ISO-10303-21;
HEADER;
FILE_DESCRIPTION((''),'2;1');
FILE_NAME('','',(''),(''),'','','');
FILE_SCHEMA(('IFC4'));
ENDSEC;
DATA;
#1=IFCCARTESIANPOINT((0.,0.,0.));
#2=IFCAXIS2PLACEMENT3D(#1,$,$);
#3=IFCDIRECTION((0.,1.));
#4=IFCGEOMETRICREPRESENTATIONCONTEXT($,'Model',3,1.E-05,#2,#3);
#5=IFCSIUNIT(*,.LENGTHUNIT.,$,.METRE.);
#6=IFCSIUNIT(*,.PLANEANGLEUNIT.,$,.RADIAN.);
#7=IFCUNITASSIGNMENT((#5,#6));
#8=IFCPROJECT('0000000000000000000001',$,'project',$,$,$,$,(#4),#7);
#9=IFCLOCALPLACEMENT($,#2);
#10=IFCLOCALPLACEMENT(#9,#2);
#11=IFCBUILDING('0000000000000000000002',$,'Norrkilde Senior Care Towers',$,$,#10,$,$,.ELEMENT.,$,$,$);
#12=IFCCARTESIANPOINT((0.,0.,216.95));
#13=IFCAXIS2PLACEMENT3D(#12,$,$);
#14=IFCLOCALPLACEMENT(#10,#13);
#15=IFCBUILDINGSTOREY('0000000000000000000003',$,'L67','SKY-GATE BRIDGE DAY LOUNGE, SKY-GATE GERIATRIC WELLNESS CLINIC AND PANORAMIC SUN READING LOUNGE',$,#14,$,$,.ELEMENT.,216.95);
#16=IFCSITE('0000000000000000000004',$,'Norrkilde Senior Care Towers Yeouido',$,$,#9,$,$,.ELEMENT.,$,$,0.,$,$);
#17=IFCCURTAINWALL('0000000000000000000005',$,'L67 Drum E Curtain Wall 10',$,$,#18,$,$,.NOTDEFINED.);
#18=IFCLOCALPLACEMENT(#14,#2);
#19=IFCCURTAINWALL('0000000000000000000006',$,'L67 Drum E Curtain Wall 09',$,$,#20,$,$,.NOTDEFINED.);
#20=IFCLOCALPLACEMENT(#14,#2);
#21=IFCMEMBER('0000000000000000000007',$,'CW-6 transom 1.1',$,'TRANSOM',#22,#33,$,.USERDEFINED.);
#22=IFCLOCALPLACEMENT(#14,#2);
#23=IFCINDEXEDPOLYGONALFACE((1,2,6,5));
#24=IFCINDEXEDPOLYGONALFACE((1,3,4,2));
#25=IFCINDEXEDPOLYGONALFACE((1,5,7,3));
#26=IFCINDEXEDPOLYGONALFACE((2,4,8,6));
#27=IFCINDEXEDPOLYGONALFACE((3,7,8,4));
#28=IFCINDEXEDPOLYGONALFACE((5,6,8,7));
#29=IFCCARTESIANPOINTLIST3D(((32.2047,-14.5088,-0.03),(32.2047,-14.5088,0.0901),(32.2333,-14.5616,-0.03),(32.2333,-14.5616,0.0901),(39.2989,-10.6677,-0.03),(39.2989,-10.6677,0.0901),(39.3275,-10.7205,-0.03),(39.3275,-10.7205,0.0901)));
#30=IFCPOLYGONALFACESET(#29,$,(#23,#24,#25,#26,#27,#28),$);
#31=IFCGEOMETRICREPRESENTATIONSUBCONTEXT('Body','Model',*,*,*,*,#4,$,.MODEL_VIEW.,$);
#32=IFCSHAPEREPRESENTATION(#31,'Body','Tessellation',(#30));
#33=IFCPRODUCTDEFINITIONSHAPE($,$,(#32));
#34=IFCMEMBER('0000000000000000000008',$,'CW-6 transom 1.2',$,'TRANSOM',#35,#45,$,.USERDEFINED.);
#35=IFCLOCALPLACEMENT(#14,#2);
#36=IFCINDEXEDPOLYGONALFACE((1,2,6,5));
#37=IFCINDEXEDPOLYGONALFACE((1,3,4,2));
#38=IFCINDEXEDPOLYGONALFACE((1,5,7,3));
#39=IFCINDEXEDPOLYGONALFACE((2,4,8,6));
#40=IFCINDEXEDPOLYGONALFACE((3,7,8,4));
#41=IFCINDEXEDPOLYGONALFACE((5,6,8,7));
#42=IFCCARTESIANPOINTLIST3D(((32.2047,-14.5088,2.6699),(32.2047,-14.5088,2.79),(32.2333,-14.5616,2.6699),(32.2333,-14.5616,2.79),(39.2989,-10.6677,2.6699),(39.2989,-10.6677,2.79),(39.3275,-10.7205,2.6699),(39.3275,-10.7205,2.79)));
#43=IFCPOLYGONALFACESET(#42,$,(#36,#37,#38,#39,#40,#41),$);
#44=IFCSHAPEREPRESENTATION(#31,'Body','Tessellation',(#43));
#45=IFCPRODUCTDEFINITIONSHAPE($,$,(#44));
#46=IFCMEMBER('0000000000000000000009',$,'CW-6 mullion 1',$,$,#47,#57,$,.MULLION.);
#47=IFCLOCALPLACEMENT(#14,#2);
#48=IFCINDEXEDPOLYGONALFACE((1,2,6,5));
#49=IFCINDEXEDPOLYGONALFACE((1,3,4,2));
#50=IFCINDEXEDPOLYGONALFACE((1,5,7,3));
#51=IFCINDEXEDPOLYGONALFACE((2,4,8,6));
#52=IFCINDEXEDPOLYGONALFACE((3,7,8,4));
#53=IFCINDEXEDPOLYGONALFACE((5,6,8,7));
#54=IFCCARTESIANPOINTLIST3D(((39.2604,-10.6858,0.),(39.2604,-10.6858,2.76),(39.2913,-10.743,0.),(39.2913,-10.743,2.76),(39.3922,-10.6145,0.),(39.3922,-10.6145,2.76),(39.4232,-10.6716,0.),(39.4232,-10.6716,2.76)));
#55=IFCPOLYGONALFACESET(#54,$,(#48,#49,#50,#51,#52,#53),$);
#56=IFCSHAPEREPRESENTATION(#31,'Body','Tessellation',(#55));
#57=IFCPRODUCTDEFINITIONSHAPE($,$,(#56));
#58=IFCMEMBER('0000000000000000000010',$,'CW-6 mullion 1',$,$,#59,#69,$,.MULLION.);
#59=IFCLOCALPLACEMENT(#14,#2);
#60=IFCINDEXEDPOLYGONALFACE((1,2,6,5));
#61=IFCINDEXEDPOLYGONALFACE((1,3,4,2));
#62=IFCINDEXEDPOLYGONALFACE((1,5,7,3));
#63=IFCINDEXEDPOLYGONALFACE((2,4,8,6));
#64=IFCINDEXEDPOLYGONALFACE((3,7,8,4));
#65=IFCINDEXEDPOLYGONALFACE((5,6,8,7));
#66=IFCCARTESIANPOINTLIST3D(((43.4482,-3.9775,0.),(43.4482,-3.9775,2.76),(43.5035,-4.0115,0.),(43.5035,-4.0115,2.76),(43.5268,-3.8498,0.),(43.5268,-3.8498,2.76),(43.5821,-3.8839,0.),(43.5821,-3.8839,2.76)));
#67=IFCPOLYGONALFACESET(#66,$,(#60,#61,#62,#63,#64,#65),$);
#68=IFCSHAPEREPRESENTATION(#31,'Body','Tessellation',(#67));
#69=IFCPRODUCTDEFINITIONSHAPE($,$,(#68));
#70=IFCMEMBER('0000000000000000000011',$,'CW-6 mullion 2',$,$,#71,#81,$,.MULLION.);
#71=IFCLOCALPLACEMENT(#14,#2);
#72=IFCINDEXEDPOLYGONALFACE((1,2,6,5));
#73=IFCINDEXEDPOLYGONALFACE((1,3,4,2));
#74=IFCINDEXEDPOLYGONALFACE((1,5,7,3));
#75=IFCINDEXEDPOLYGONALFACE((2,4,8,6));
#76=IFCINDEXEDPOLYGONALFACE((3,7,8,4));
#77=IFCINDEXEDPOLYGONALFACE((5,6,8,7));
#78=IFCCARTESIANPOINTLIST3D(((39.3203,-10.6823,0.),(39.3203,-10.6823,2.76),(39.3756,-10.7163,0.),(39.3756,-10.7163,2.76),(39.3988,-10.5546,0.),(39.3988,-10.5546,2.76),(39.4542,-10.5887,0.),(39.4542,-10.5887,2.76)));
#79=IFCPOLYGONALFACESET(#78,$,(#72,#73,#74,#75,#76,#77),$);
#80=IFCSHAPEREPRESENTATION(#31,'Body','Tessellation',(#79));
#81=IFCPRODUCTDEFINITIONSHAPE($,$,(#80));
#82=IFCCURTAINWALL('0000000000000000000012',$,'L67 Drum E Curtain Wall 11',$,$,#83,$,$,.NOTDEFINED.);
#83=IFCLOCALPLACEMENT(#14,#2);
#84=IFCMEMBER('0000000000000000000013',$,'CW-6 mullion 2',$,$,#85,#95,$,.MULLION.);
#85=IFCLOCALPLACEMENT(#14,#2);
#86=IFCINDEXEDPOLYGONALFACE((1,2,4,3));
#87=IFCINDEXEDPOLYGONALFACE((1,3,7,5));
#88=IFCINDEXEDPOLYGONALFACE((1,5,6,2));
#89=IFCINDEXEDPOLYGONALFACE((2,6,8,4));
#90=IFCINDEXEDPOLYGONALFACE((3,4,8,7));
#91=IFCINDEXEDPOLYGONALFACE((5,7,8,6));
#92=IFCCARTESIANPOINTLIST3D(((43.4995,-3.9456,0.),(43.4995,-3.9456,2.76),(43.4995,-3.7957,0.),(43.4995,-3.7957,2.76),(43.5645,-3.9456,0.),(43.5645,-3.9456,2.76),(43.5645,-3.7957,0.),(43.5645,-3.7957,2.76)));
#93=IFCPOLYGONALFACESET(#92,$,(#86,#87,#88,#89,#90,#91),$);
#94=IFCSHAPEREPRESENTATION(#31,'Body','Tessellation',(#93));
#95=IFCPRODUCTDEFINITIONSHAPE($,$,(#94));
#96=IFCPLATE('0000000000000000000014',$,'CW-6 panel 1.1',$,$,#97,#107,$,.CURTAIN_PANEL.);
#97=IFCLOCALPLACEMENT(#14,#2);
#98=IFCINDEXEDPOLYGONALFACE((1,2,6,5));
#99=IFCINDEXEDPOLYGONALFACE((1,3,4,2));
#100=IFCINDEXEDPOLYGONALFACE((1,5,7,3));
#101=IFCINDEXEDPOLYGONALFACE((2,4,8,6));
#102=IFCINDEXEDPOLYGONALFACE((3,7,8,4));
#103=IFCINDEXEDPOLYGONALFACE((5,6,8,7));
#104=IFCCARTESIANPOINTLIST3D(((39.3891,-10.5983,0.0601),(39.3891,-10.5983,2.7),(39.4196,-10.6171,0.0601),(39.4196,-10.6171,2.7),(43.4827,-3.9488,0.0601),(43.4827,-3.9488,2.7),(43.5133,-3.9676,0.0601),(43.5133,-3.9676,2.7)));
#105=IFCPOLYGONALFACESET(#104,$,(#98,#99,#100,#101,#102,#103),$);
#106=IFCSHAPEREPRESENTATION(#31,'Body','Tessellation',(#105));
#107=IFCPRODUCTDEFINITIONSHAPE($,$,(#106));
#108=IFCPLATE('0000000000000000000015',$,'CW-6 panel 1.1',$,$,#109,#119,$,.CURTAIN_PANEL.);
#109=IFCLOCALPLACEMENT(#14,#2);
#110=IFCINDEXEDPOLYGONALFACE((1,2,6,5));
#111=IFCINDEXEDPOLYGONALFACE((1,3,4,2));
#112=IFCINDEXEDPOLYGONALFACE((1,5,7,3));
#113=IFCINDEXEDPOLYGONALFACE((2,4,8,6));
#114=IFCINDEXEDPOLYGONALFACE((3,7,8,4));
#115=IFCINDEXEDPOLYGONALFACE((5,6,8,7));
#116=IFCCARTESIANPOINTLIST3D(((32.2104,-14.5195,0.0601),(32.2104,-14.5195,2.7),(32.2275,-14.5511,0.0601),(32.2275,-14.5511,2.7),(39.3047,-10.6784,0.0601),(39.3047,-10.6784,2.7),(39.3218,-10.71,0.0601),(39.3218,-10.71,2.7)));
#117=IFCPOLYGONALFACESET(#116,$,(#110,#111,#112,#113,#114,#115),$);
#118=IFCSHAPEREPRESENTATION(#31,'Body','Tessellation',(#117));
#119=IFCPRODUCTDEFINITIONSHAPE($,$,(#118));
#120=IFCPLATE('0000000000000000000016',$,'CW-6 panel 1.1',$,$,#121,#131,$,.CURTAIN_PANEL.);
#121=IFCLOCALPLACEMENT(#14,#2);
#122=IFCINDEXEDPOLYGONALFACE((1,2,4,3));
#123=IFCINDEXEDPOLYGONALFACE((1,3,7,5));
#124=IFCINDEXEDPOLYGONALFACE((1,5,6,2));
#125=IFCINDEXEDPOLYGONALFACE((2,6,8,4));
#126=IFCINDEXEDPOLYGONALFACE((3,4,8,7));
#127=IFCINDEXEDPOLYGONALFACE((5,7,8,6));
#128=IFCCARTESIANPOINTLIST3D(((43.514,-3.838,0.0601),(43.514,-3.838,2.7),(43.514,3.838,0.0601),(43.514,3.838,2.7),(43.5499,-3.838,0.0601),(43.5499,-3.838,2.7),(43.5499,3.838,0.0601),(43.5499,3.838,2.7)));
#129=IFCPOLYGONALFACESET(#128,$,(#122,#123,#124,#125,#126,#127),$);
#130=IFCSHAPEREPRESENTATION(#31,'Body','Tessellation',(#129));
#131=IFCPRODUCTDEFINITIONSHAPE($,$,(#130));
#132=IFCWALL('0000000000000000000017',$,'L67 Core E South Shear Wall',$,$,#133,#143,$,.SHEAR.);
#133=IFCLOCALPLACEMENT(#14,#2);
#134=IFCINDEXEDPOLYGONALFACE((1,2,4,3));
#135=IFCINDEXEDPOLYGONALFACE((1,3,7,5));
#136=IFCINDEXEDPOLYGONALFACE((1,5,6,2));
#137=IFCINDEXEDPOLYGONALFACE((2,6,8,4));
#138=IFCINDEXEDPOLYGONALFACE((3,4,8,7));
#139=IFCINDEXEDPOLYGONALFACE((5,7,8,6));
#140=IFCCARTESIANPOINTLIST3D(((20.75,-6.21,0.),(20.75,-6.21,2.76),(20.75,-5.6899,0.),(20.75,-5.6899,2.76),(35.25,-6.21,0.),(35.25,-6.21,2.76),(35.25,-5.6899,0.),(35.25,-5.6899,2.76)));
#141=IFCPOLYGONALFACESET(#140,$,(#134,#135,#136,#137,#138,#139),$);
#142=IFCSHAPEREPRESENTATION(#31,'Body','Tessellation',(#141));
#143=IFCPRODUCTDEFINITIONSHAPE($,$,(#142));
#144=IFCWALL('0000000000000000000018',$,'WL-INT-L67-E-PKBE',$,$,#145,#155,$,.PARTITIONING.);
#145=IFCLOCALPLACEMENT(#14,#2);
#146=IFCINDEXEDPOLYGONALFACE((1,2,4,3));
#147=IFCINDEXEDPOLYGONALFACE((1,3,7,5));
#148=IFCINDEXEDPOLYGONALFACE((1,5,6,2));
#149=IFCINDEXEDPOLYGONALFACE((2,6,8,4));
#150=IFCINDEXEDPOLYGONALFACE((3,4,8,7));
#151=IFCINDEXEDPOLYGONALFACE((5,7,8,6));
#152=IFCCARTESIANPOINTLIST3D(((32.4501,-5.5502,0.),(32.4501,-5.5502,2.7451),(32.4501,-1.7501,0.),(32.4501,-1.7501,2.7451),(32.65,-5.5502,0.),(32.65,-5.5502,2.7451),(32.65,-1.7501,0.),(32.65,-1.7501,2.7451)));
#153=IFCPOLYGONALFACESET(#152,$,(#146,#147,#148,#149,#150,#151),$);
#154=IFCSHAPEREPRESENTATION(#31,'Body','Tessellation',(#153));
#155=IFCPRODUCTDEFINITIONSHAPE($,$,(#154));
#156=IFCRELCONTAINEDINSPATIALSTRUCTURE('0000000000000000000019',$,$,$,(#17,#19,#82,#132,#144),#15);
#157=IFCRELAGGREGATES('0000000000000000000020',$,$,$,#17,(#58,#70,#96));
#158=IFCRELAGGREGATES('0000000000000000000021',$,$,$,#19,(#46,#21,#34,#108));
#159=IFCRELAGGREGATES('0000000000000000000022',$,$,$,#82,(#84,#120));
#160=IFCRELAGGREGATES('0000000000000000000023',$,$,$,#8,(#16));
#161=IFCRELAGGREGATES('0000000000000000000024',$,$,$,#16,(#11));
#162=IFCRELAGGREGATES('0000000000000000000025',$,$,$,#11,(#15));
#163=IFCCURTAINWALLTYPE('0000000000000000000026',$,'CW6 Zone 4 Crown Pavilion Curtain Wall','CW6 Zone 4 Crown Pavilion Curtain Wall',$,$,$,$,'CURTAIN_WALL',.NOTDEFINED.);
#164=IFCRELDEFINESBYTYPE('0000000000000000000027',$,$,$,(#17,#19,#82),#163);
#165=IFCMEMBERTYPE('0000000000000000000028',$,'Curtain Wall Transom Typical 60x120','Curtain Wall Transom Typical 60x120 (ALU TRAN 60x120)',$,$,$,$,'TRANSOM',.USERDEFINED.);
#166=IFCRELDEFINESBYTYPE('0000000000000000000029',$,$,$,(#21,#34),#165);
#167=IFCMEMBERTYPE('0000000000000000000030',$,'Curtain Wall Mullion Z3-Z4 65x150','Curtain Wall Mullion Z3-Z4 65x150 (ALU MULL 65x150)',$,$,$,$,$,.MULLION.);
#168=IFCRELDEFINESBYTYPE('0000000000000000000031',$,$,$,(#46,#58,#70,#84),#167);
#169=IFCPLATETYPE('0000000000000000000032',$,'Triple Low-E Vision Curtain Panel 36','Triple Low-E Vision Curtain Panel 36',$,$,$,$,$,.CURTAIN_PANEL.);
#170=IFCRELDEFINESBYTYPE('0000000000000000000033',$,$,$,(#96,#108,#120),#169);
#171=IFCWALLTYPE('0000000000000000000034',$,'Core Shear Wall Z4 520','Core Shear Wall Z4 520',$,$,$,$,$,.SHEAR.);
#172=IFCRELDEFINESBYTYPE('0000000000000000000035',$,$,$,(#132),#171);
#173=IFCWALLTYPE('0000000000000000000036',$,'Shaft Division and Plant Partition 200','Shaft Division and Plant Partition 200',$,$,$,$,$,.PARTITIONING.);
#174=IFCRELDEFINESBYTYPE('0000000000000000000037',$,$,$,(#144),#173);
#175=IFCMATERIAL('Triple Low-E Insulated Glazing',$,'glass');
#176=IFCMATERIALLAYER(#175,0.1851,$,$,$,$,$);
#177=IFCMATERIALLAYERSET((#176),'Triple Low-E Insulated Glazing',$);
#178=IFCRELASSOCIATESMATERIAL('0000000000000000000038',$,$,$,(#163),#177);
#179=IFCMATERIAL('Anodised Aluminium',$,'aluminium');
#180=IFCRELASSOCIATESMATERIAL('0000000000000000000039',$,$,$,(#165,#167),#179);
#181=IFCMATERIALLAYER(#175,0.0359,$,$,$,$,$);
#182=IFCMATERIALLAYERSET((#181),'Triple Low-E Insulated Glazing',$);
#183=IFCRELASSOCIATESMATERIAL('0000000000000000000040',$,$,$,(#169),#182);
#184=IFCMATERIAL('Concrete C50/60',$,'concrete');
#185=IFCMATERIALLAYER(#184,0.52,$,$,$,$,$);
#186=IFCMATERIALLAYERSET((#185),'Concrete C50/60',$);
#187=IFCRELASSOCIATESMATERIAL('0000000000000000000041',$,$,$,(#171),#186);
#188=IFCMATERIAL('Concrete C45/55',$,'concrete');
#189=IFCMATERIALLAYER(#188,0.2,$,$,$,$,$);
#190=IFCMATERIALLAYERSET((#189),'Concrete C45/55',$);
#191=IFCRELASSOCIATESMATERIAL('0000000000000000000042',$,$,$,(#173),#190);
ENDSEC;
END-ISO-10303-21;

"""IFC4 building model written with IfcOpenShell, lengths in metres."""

from ifc_helpers import new_model, si_unit, direction, frame, frame_2d, origin, origin_2d, place, context, subcontext, project, spatial, rectangle, extrude, source, transform, mapped, material, layer, layer_set, material_profile, profile_set, type_object, type_shapes, element, aggregate, save


model = new_model("IFC4")

# Units and contexts
model_context = context("Model", 3, precision=1e-05, world=origin(), true_north=direction((0.0, 1.0)))
body_context = subcontext(model_context, "Body", "Model", "MODEL_VIEW")
ifc_project = project(units=[si_unit("LENGTHUNIT", "METRE"), si_unit("PLANEANGLEUNIT", "RADIAN")], contexts=[model_context])

# Site, building, storey
site_placement = place(None, origin())
site = spatial("IfcSite", under=ifc_project, at=site_placement, Name="Norrkilde Senior Care Towers Yeouido", CompositionType="ELEMENT", RefElevation=0.0)
building_placement = place(site_placement, origin())
building = spatial("IfcBuilding", under=site, at=building_placement, Name="Norrkilde Senior Care Towers", CompositionType="ELEMENT")
storey_placement = place(building_placement, frame((0.0, 0.0, 216.95)))
storey = spatial("IfcBuildingStorey", under=building, at=storey_placement, Name="L67", Description="SKY-GATE BRIDGE DAY LOUNGE, SKY-GATE GERIATRIC WELLNESS CLINIC AND PANORAMIC SUN READING LOUNGE", CompositionType="ELEMENT", Elevation=216.95)

# Shared definitions
ifc_material_1 = material(Name="Concrete C50/60", Category="concrete")

# Curtain walls, members
ifc_material_2 = material(Name="Triple Low-E Insulated Glazing", Category="glass")
ifc_layer_1 = layer(ifc_material_2, 0.1851)
ifc_layer_set_1 = layer_set([ifc_layer_1], Name="Triple Low-E Insulated Glazing")
curtain_wall_type = type_object("IfcCurtainWallType", Name="CW6 Zone 4 Crown Pavilion Curtain Wall", Description="CW6 Zone 4 Crown Pavilion Curtain Wall", ElementType="CURTAIN_WALL", PredefinedType="NOTDEFINED", material=ifc_layer_set_1)
curtain_wall_1_placement = place(storey_placement, origin())
curtain_wall_1 = element("IfcCurtainWall", 1, at=curtain_wall_1_placement, inside=storey, type_object=curtain_wall_type, Name="L67 Drum E Curtain Wall 10", PredefinedType="NOTDEFINED")
ifc_material_3 = material(Name="Anodised Aluminium", Category="aluminium")
ifc_material_profile_1 = material_profile(ifc_material_3, rectangle(XDim=0.0601, YDim=0.1201, at=origin_2d()), Name="ALU TRAN 60x120")
ifc_profile_set_1 = profile_set([ifc_material_profile_1], Name="Anodised Aluminium")
member_type_1 = type_object("IfcMemberType", Name="Curtain Wall Transom Typical 60x120", Description="Curtain Wall Transom Typical 60x120 (ALU TRAN 60x120)", ElementType="TRANSOM", PredefinedType="USERDEFINED", material=ifc_profile_set_1)
curtain_wall_2_placement = place(storey_placement, origin())
curtain_wall_2 = element("IfcCurtainWall", 2, at=curtain_wall_2_placement, inside=storey, type_object=curtain_wall_type, Name="L67 Drum E Curtain Wall 09", PredefinedType="NOTDEFINED")
shared_shape_1 = source(origin(), body_context, "Body", "SweptSolid", [
    extrude(rectangle(XDim=0.0601, YDim=0.1201, at=origin_2d()), origin(), (0.0, 0.0, 1.0), 8.0674),
])
member_1_placement = place(storey_placement, frame((39.3132, -10.6941, 0.03), z_axis=(-0.879378, -0.476125, 0.0), x_axis=(0.476125, -0.879378, 0.0)))
member_1 = element("IfcMember", 3, at=member_1_placement, type_object=member_type_1, Name="CW-6 transom 1.1", ObjectType="TRANSOM", PredefinedType="USERDEFINED", context=body_context, shape_type="MappedRepresentation", body=[
    mapped(shared_shape_1, transform((0.0, 0.0, 0.0), x_axis=(1.0, 0.0, 0.0), y_axis=(0.0, 1.0, 0.0), z_axis=(0.0, 0.0, 1.0), scale=1.0)),
])
member_2_placement = place(storey_placement, frame((39.3132, -10.6941, 2.73), z_axis=(-0.879378, -0.476125, 0.0), x_axis=(0.476125, -0.879378, 0.0)))
member_2 = element("IfcMember", 4, at=member_2_placement, type_object=member_type_1, Name="CW-6 transom 1.2", ObjectType="TRANSOM", PredefinedType="USERDEFINED", context=body_context, shape_type="MappedRepresentation", body=[
    mapped(shared_shape_1, transform((0.0, 0.0, 0.0), x_axis=(1.0, 0.0, 0.0), y_axis=(0.0, 1.0, 0.0), z_axis=(0.0, 0.0, 1.0), scale=1.0)),
])
ifc_material_profile_2 = material_profile(ifc_material_3, rectangle(XDim=0.0649, YDim=0.1499, at=origin_2d()), Name="ALU MULL 65x150")
ifc_profile_set_2 = profile_set([ifc_material_profile_2], Name="Anodised Aluminium")
member_type_2 = type_object("IfcMemberType", Name="Curtain Wall Mullion Z3-Z4 65x150", Description="Curtain Wall Mullion Z3-Z4 65x150 (ALU MULL 65x150)", PredefinedType="MULLION", material=ifc_profile_set_2)
shared_shape_2 = source(origin(), body_context, "Body", "SweptSolid", [
    extrude(rectangle(XDim=0.0649, YDim=0.1499, at=origin_2d()), origin(), (0.0, 0.0, 1.0), 2.76),
])
type_shapes(member_type_2, [shared_shape_2])
member_3_placement = place(storey_placement, frame((39.3418, -10.6787, 0.0), z_axis=(0.0, 0.0, 1.0), x_axis=(0.476133, -0.879373, 0.0)))
member_3 = element("IfcMember", 5, at=member_3_placement, type_object=member_type_2, Name="CW-6 mullion 1", PredefinedType="MULLION", context=body_context, shape_type="MappedRepresentation", body=[
    mapped(shared_shape_2, transform((0.0, 0.0, 0.0), x_axis=(1.0, 0.0, 0.0), y_axis=(0.0, 1.0, 0.0), z_axis=(0.0, 0.0, 1.0), scale=1.0)),
])

# Members
member_4_placement = place(storey_placement, frame((43.5151, -3.9307, 0.0), z_axis=(0.0, 0.0, 1.0), x_axis=(0.851563, -0.524253, 0.0)))
member_4 = element("IfcMember", 6, at=member_4_placement, type_object=member_type_2, Name="CW-6 mullion 1", PredefinedType="MULLION", context=body_context, shape_type="MappedRepresentation", body=[
    mapped(shared_shape_2, transform((0.0, 0.0, 0.0), x_axis=(1.0, 0.0, 0.0), y_axis=(0.0, 1.0, 0.0), z_axis=(0.0, 0.0, 1.0), scale=1.0)),
])
member_5_placement = place(storey_placement, frame((39.3872, -10.6355, 0.0), z_axis=(0.0, 0.0, 1.0), x_axis=(0.851563, -0.524253, 0.0)))
member_5 = element("IfcMember", 7, at=member_5_placement, type_object=member_type_2, Name="CW-6 mullion 2", PredefinedType="MULLION", context=body_context, shape_type="MappedRepresentation", body=[
    mapped(shared_shape_2, transform((0.0, 0.0, 0.0), x_axis=(1.0, 0.0, 0.0), y_axis=(0.0, 1.0, 0.0), z_axis=(0.0, 0.0, 1.0), scale=1.0)),
])

# Curtain wall, member
curtain_wall_3_placement = place(storey_placement, origin())
curtain_wall_3 = element("IfcCurtainWall", 8, at=curtain_wall_3_placement, inside=storey, type_object=curtain_wall_type, Name="L67 Drum E Curtain Wall 11", PredefinedType="NOTDEFINED")
member_6_placement = place(storey_placement, frame((43.532, -3.8706, 0.0), z_axis=(0.0, 0.0, 1.0), x_axis=(1.0, 0.0, 0.0)))
member_6 = element("IfcMember", 9, at=member_6_placement, type_object=member_type_2, Name="CW-6 mullion 2", PredefinedType="MULLION", context=body_context, shape_type="MappedRepresentation", body=[
    mapped(shared_shape_2, transform((0.0, 0.0, 0.0), x_axis=(1.0, 0.0, 0.0), y_axis=(0.0, 1.0, 0.0), z_axis=(0.0, 0.0, 1.0), scale=1.0)),
])

# Plates
ifc_layer_2 = layer(ifc_material_2, 0.0359)
ifc_layer_set_2 = layer_set([ifc_layer_2], Name="Triple Low-E Insulated Glazing")
plate_type = type_object("IfcPlateType", Name="Triple Low-E Vision Curtain Panel 36", Description="Triple Low-E Vision Curtain Panel 36", PredefinedType="CURTAIN_PANEL", material=ifc_layer_set_2)
shared_shape_3 = source(origin(), body_context, "Body", "SweptSolid", [
    extrude(rectangle(XDim=7.8086, YDim=0.0359, at=origin_2d()), origin(), (0.0, 0.0, 1.0), 2.6399),
])
plate_1_placement = place(storey_placement, frame((41.4512, -7.283, 0.0601), z_axis=(0.0, 0.0, 1.0), x_axis=(-0.524253, -0.851563, 0.0)))
plate_1 = element("IfcPlate", 10, at=plate_1_placement, type_object=plate_type, Name="CW-6 panel 1.1", PredefinedType="CURTAIN_PANEL", context=body_context, shape_type="MappedRepresentation", body=[
    mapped(shared_shape_3, transform((0.0, 0.0, 0.0), x_axis=(1.0, 0.0, 0.0), y_axis=(0.0, 1.0, 0.0), z_axis=(0.0, 0.0, 1.0), scale=1.0)),
])
aggregate(curtain_wall_1, [member_4, member_5, plate_1])
shared_shape_4 = source(origin(), body_context, "Body", "SweptSolid", [
    extrude(rectangle(XDim=8.0674, YDim=0.0359, at=origin_2d()), origin(), (0.0, 0.0, 1.0), 2.6399),
])
plate_2_placement = place(storey_placement, frame((35.7661, -12.6147, 0.0601), z_axis=(0.0, 0.0, 1.0), x_axis=(-0.879373, -0.476133, 0.0)))
plate_2 = element("IfcPlate", 11, at=plate_2_placement, type_object=plate_type, Name="CW-6 panel 1.1", PredefinedType="CURTAIN_PANEL", context=body_context, shape_type="MappedRepresentation", body=[
    mapped(shared_shape_4, transform((0.0, 0.0, 0.0), x_axis=(1.0, 0.0, 0.0), y_axis=(0.0, 1.0, 0.0), z_axis=(0.0, 0.0, 1.0), scale=1.0)),
])
aggregate(curtain_wall_2, [member_3, member_1, member_2, plate_2])
shared_shape_5 = source(origin(), body_context, "Body", "SweptSolid", [
    extrude(rectangle(XDim=7.676, YDim=0.0359, at=origin_2d()), origin(), (0.0, 0.0, 1.0), 2.6399),
])
type_shapes(plate_type, [shared_shape_3, shared_shape_4, shared_shape_5])
plate_3_placement = place(storey_placement, frame((43.532, 0.0, 0.0601), z_axis=(0.0, 0.0, 1.0), x_axis=(0.0, -1.0, 0.0)))
plate_3 = element("IfcPlate", 12, at=plate_3_placement, type_object=plate_type, Name="CW-6 panel 1.1", PredefinedType="CURTAIN_PANEL", context=body_context, shape_type="MappedRepresentation", body=[
    mapped(shared_shape_5, transform((0.0, 0.0, 0.0), x_axis=(1.0, 0.0, 0.0), y_axis=(0.0, 1.0, 0.0), z_axis=(0.0, 0.0, 1.0), scale=1.0)),
])
aggregate(curtain_wall_3, [member_6, plate_3])

# Walls
ifc_layer_3 = layer(ifc_material_1, 0.52)
ifc_layer_set_3 = layer_set([ifc_layer_3], Name="Concrete C50/60")
wall_type_1 = type_object("IfcWallType", Name="Core Shear Wall Z4 520", Description="Core Shear Wall Z4 520", PredefinedType="SHEAR", material=ifc_layer_set_3)
shared_shape_6 = source(origin(), body_context, "Body", "SweptSolid", [
    extrude(rectangle(XDim=14.5, YDim=0.52, at=frame_2d((7.25, 0.0))), origin(), (0.0, 0.0, 1.0), 2.76),
])
type_shapes(wall_type_1, [shared_shape_6])
wall_1_placement = place(storey_placement, frame((35.25, -5.95, 0.0), z_axis=(0.0, 0.0, 1.0), x_axis=(-1.0, 0.0, 0.0)))
element("IfcWall", 13, at=wall_1_placement, inside=storey, type_object=wall_type_1, Name="L67 Core E South Shear Wall", PredefinedType="SHEAR", context=body_context, shape_type="MappedRepresentation", body=[
    mapped(shared_shape_6, transform((0.0, 0.0, 0.0), x_axis=(1.0, 0.0, 0.0), y_axis=(0.0, 1.0, 0.0), z_axis=(0.0, 0.0, 1.0), scale=1.0)),
])
ifc_material_4 = material(Name="Concrete C45/55", Category="concrete")
ifc_layer_4 = layer(ifc_material_4, 0.2)
ifc_layer_set_4 = layer_set([ifc_layer_4], Name="Concrete C45/55")
wall_type_2 = type_object("IfcWallType", Name="Shaft Division and Plant Partition 200", Description="Shaft Division and Plant Partition 200", PredefinedType="PARTITIONING", material=ifc_layer_set_4)
shared_shape_7 = source(origin(), body_context, "Body", "SweptSolid", [
    extrude(rectangle(XDim=3.8, YDim=0.2, at=frame_2d((1.8999, 0.0))), origin(), (0.0, 0.0, 1.0), 2.7451),
])
type_shapes(wall_type_2, [shared_shape_7])
wall_2_placement = place(storey_placement, frame((32.55, -5.55, 0.0), z_axis=(0.0, 0.0, 1.0), x_axis=(0.0, 1.0, 0.0)))
element("IfcWall", 14, at=wall_2_placement, inside=storey, type_object=wall_type_2, Name="WL-INT-L67-E-PKBE", PredefinedType="PARTITIONING", context=body_context, shape_type="MappedRepresentation", body=[
    mapped(shared_shape_7, transform((0.0, 0.0, 0.0), x_axis=(1.0, 0.0, 0.0), y_axis=(0.0, 1.0, 0.0), z_axis=(0.0, 0.0, 1.0), scale=1.0)),
])

save(model, "model.ifc")
